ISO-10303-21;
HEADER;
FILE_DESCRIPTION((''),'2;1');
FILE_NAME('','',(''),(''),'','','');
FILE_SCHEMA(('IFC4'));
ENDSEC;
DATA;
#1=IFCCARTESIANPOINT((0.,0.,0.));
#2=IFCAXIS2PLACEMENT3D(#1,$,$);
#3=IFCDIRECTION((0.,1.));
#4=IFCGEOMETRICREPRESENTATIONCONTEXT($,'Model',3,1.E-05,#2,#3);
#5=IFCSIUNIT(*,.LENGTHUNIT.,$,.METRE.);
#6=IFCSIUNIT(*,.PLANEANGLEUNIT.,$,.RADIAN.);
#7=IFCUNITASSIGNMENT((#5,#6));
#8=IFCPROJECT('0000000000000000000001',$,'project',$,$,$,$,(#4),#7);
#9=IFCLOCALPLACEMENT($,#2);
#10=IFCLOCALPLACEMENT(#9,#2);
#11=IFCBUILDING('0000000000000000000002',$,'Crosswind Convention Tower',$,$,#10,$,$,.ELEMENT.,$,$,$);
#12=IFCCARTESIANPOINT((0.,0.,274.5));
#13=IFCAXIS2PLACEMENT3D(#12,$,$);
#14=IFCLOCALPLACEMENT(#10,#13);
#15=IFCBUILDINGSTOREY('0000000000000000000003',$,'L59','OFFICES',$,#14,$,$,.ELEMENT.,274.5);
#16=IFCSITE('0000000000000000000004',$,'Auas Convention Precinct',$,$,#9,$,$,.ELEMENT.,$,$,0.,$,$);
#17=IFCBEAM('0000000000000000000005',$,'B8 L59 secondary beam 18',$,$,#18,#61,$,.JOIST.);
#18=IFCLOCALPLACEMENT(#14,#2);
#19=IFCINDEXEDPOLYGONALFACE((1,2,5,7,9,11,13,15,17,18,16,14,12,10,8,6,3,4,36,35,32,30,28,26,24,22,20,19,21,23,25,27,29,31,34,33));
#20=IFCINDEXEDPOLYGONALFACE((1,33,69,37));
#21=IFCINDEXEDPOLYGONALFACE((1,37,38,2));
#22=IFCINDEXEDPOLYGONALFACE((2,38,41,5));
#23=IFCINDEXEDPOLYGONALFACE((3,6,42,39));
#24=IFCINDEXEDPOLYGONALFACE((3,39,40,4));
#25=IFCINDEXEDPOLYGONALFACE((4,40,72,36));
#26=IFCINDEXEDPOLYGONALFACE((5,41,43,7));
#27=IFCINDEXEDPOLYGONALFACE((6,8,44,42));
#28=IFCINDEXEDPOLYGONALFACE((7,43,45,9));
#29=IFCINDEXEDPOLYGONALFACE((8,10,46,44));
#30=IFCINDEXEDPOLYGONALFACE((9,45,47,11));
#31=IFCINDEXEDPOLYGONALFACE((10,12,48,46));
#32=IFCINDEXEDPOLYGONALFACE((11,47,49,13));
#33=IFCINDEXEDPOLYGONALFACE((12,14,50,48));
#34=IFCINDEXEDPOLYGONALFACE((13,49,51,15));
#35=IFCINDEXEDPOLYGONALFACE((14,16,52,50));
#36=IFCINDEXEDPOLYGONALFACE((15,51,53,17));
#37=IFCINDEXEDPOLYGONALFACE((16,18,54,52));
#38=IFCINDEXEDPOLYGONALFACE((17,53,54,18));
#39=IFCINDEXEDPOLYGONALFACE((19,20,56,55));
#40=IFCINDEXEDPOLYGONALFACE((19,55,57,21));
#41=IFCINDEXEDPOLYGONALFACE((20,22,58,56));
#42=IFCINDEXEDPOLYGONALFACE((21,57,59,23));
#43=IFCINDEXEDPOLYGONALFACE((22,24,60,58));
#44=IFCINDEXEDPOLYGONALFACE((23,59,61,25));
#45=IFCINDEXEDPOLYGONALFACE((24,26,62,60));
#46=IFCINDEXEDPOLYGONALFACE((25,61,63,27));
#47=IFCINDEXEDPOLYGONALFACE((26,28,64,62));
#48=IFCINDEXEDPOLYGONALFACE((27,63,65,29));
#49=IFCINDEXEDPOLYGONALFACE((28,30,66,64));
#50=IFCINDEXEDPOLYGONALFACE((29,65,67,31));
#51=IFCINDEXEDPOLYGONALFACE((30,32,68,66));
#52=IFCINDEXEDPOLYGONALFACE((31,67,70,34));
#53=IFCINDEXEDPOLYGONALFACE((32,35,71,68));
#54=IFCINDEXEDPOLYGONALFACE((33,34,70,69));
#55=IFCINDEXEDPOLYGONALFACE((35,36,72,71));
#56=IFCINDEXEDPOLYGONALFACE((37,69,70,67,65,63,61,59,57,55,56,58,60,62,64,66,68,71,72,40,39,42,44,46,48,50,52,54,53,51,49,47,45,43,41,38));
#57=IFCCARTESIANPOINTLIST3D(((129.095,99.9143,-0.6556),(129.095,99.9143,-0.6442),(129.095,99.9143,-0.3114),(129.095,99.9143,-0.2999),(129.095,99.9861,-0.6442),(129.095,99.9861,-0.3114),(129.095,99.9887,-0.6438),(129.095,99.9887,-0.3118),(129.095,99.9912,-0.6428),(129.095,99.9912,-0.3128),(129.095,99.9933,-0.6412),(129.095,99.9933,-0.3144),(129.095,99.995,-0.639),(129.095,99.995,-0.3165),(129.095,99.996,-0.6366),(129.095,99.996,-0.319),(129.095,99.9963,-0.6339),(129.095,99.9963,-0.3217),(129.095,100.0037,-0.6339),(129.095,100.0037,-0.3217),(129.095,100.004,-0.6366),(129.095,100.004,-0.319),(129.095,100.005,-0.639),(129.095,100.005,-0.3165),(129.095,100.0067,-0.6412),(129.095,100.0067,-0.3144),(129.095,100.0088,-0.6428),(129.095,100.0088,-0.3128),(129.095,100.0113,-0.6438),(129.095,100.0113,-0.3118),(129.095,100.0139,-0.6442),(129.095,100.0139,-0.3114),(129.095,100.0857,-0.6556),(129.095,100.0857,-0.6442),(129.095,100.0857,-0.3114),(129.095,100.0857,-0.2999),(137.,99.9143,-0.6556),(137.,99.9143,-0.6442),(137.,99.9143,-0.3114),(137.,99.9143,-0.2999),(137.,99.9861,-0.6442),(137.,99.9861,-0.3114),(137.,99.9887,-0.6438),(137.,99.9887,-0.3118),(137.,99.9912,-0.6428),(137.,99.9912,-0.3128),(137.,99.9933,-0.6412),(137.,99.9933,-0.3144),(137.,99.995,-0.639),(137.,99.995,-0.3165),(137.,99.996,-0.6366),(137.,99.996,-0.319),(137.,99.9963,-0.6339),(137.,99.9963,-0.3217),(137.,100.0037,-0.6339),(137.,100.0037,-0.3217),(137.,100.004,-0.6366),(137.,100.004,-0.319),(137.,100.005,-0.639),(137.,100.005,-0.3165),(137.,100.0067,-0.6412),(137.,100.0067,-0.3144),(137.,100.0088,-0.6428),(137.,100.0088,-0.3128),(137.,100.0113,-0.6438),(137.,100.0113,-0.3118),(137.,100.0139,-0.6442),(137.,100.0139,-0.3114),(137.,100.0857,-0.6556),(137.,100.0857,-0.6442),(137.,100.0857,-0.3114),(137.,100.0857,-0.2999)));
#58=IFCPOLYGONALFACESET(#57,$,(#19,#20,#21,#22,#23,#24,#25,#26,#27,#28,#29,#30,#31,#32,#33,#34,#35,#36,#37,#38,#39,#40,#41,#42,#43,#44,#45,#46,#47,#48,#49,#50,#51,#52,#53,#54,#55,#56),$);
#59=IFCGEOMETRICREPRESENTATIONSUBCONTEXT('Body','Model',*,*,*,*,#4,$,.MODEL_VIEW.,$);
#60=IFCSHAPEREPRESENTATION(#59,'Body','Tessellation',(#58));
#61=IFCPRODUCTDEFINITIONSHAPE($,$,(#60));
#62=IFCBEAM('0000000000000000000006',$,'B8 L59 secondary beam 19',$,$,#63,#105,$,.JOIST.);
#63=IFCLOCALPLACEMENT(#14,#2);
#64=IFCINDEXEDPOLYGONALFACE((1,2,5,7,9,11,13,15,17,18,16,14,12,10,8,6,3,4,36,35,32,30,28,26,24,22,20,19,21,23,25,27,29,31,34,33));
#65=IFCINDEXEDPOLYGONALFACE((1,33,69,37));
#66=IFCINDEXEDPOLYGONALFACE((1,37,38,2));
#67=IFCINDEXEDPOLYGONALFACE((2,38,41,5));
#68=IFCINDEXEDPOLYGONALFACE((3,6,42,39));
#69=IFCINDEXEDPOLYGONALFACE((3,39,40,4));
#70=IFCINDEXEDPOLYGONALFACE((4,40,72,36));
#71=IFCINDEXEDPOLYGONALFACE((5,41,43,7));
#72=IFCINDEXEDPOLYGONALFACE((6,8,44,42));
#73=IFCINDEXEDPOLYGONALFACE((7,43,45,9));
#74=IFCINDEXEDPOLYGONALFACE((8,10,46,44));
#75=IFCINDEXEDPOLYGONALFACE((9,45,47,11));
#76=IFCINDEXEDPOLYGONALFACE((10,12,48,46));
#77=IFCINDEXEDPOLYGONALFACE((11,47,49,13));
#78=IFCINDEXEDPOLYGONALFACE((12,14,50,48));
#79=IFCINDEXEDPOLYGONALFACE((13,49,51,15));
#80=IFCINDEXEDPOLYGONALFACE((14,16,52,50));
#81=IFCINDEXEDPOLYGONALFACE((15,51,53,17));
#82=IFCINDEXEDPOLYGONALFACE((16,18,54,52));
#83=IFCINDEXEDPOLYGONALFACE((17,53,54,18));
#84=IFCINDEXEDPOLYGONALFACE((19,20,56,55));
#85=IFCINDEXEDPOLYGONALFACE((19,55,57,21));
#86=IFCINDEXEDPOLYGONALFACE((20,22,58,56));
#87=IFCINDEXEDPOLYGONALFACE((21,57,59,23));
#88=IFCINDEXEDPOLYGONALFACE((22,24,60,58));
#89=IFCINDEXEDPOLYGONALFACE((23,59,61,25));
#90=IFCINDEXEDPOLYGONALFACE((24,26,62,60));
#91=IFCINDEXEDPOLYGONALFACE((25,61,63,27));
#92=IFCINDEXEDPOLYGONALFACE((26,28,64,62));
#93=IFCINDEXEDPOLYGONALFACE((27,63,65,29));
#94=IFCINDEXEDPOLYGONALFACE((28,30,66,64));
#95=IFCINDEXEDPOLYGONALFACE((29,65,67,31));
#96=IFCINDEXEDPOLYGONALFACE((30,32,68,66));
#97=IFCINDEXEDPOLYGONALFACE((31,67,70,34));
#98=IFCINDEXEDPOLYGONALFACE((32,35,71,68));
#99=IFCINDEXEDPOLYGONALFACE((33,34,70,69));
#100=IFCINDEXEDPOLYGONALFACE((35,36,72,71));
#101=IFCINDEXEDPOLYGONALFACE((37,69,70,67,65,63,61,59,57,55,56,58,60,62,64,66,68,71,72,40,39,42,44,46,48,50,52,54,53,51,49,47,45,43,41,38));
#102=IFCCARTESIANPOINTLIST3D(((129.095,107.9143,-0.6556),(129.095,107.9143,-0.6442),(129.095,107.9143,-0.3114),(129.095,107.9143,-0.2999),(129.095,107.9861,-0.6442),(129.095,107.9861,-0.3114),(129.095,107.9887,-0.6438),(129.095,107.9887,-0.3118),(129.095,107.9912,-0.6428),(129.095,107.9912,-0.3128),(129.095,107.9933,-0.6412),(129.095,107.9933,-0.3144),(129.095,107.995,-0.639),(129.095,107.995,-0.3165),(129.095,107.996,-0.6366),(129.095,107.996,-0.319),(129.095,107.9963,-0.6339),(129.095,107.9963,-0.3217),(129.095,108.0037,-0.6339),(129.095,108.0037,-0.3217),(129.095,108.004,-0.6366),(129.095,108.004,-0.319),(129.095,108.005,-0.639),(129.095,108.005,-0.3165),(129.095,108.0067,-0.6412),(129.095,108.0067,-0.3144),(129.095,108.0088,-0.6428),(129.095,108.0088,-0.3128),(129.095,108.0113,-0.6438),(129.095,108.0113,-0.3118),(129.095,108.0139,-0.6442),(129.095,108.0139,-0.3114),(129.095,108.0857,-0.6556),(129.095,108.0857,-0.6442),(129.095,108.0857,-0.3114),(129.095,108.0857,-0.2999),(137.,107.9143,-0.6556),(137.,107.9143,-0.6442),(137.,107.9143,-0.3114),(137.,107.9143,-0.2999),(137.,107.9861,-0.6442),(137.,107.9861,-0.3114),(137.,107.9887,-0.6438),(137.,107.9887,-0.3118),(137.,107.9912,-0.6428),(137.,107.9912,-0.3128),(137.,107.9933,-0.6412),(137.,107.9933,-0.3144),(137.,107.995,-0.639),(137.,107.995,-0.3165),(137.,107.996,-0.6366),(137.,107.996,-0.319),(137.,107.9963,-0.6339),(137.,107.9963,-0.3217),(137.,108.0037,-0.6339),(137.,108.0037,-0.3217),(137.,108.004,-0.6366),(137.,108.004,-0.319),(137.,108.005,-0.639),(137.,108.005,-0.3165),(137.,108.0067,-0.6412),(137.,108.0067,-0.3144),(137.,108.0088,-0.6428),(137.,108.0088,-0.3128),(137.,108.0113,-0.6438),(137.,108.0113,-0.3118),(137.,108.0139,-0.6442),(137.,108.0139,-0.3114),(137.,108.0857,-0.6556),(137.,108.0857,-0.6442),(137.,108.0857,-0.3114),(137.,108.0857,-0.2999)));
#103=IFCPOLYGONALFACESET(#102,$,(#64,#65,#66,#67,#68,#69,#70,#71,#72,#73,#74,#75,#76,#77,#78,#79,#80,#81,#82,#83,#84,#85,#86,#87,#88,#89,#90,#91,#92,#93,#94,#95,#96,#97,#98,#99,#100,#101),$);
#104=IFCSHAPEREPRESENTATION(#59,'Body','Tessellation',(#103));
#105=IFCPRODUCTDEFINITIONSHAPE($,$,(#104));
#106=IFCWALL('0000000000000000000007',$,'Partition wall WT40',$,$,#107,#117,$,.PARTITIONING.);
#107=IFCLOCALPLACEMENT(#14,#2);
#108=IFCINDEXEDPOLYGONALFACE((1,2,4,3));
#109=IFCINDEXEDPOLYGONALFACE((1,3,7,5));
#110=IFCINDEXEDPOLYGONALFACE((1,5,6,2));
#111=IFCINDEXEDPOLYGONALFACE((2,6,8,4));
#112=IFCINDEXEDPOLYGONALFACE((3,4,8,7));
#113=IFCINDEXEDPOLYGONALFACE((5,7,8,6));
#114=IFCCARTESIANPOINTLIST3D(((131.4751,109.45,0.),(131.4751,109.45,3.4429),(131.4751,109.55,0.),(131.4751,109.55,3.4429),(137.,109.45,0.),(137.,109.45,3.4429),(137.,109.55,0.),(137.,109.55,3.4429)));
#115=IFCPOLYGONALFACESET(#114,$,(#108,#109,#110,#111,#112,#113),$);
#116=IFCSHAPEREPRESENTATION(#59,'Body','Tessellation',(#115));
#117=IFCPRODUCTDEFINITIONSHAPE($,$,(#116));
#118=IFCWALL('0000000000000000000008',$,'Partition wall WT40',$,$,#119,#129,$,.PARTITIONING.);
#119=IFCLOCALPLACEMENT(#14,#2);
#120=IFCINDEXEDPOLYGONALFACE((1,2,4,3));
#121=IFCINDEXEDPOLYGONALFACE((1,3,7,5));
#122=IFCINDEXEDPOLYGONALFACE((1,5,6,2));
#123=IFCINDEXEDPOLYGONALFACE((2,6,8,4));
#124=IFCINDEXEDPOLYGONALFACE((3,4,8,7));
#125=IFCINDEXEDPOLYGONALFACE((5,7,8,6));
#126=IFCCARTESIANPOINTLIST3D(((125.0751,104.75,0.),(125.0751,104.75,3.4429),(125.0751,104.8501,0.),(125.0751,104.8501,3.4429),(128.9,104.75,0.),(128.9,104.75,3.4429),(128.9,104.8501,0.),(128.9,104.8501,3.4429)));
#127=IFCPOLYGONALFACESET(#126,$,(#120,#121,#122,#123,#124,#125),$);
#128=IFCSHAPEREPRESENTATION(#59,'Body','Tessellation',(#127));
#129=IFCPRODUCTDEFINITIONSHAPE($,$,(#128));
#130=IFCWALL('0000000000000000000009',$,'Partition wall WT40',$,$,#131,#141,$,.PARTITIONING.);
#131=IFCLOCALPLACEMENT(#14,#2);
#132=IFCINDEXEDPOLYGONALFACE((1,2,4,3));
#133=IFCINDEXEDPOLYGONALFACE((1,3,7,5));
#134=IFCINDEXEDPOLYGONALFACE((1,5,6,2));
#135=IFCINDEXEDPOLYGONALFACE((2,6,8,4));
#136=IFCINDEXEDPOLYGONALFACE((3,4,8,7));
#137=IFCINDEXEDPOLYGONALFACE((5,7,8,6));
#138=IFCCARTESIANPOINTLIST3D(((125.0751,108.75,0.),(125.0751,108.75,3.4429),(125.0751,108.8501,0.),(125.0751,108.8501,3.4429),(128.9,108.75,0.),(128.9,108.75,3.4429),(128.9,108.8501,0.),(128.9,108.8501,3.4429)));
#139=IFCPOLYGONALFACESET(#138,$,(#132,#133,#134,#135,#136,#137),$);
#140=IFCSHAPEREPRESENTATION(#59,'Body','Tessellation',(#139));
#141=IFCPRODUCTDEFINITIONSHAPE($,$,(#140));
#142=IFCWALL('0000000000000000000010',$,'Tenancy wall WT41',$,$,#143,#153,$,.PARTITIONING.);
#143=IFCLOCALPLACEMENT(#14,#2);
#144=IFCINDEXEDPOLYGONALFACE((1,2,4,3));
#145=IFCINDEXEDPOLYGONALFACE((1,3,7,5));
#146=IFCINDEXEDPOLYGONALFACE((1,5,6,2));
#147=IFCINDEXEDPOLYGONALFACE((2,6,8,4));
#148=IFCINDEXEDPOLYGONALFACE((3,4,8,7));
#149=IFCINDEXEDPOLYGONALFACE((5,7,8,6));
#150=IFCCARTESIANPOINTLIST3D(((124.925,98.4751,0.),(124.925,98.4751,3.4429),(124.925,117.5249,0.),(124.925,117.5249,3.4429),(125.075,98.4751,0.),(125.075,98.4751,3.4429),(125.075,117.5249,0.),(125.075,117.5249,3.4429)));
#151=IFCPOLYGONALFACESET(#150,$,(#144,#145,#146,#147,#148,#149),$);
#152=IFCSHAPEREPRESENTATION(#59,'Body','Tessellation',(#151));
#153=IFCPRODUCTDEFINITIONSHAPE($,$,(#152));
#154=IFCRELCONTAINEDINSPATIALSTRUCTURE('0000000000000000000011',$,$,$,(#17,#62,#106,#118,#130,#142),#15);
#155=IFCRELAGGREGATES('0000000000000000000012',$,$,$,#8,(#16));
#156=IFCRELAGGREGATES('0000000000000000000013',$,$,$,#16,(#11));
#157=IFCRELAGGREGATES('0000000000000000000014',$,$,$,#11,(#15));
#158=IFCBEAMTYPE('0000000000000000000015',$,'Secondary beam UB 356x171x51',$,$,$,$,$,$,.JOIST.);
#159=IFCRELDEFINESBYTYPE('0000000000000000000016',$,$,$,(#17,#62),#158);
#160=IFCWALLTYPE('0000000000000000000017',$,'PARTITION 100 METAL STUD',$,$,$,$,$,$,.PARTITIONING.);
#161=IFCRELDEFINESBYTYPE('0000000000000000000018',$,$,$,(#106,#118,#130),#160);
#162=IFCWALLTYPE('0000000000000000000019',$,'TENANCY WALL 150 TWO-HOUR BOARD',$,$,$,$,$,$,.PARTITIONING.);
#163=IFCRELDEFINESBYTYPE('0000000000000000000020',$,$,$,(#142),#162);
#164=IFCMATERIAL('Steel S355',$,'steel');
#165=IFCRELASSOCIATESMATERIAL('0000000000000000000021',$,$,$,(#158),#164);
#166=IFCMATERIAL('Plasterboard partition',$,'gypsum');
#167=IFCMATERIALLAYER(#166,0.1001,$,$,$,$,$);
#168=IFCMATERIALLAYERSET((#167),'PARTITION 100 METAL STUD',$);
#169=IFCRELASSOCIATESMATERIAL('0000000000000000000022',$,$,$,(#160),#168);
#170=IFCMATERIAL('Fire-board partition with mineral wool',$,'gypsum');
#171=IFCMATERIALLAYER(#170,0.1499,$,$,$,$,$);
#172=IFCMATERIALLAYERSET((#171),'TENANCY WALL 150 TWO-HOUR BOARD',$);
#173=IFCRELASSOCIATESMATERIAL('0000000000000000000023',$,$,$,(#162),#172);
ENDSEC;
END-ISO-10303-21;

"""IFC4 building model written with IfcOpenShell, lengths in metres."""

from ifc_helpers import new_model, si_unit, direction, frame, frame_2d, origin, origin_2d, place, context, subcontext, project, spatial, rectangle, i_section, extrude, material, layer, layer_set, material_profile, profile_set, type_object, element, save


model = new_model("IFC4")

# Units and contexts
model_context = context("Model", 3, precision=1e-05, world=origin(), true_north=direction((0.0, 1.0)))
body_context = subcontext(model_context, "Body", "Model", "MODEL_VIEW")
ifc_project = project(units=[si_unit("LENGTHUNIT", "METRE"), si_unit("PLANEANGLEUNIT", "RADIAN")], contexts=[model_context])

# Site, building, storey
site_placement = place(None, origin())
site = spatial("IfcSite", under=ifc_project, at=site_placement, Name="Auas Convention Precinct", CompositionType="ELEMENT", RefElevation=0.0)
building_placement = place(site_placement, origin())
building = spatial("IfcBuilding", under=site, at=building_placement, Name="Crosswind Convention Tower", CompositionType="ELEMENT")
storey_placement = place(building_placement, frame((0.0, 0.0, 274.5)))
storey = spatial("IfcBuildingStorey", under=building, at=storey_placement, Name="L59", Description="OFFICES", CompositionType="ELEMENT", Elevation=274.5)

# Beams
ifc_material_1 = material(Name="Steel S355", Category="steel")
ifc_material_profile_1 = material_profile(ifc_material_1, i_section(OverallWidth=0.1714, OverallDepth=0.3557, WebThickness=0.0073, FlangeThickness=0.0115, FilletRadius=0.0103, at=origin_2d()), Name="UB 356x171x51")
ifc_profile_set_1 = profile_set([ifc_material_profile_1], Name="Steel S355")
beam_type_1 = type_object("IfcBeamType", Name="Secondary beam UB 356x171x51", PredefinedType="JOIST", material=ifc_profile_set_1)
for number, where, z_axis, x_axis, name in (
    (1, (129.095, 100.0, -0.4778), (1.0, 0.0, 0.0), (0.0, 1.0, 0.0), "B8 L59 secondary beam 18"),
    (2, (129.095, 108.0, -0.4778), (1.0, 0.0, 0.0), (0.0, 1.0, 0.0), "B8 L59 secondary beam 19"),
):
    element("IfcBeam", number, at=place(storey_placement, frame(where, z_axis=z_axis, x_axis=x_axis)), inside=storey, type_object=beam_type_1, Name=name, PredefinedType="JOIST", context=body_context, shape_type="SweptSolid", body=[
        extrude(i_section(OverallWidth=0.1714, OverallDepth=0.3557, WebThickness=0.0073, FlangeThickness=0.0115, FilletRadius=0.0103, at=origin_2d()), origin(), (0.0, 0.0, 1.0), 7.905),
    ])

# Walls
ifc_material_2 = material(Name="Plasterboard partition", Category="gypsum")
ifc_layer_1 = layer(ifc_material_2, 0.1001)
ifc_layer_set_1 = layer_set([ifc_layer_1], Name="PARTITION 100 METAL STUD")
wall_type_1 = type_object("IfcWallType", Name="PARTITION 100 METAL STUD", PredefinedType="PARTITIONING", material=ifc_layer_set_1)
wall_1_placement = place(storey_placement, frame((131.4751, 109.5, 0.0), z_axis=(0.0, 0.0, 1.0), x_axis=(1.0, 0.0, 0.0)))
element("IfcWall", 3, at=wall_1_placement, inside=storey, type_object=wall_type_1, Name="Partition wall WT40", PredefinedType="PARTITIONING", context=body_context, shape_type="SweptSolid", body=[
    extrude(rectangle(XDim=5.5249, YDim=0.1001, at=frame_2d((2.7625, 0.0))), origin(), (0.0, 0.0, 1.0), 3.4429),
])
for number, where, z_axis, x_axis, name in (
    (4, (125.075, 104.8, 0.0), (0.0, 0.0, 1.0), (1.0, 0.0, 0.0), "Partition wall WT40"),
    (5, (125.075, 108.8, 0.0), (0.0, 0.0, 1.0), (1.0, 0.0, 0.0), "Partition wall WT40"),
):
    element("IfcWall", number, at=place(storey_placement, frame(where, z_axis=z_axis, x_axis=x_axis)), inside=storey, type_object=wall_type_1, Name=name, PredefinedType="PARTITIONING", context=body_context, shape_type="SweptSolid", body=[
        extrude(rectangle(XDim=3.825, YDim=0.1001, at=frame_2d((1.9126, 0.0))), origin(), (0.0, 0.0, 1.0), 3.4429),
    ])
ifc_material_3 = material(Name="Fire-board partition with mineral wool", Category="gypsum")
ifc_layer_2 = layer(ifc_material_3, 0.1499)
ifc_layer_set_2 = layer_set([ifc_layer_2], Name="TENANCY WALL 150 TWO-HOUR BOARD")
wall_type_2 = type_object("IfcWallType", Name="TENANCY WALL 150 TWO-HOUR BOARD", PredefinedType="PARTITIONING", material=ifc_layer_set_2)
wall_2_placement = place(storey_placement, frame((125.0, 98.4751, 0.0), z_axis=(0.0, 0.0, 1.0), x_axis=(0.0, 1.0, 0.0)))
element("IfcWall", 6, at=wall_2_placement, inside=storey, type_object=wall_type_2, Name="Tenancy wall WT41", PredefinedType="PARTITIONING", context=body_context, shape_type="SweptSolid", body=[
    extrude(rectangle(XDim=19.0498, YDim=0.1499, at=frame_2d((9.5249, 0.0))), origin(), (0.0, 0.0, 1.0), 3.4429),
])

save(model, "model.ifc")
